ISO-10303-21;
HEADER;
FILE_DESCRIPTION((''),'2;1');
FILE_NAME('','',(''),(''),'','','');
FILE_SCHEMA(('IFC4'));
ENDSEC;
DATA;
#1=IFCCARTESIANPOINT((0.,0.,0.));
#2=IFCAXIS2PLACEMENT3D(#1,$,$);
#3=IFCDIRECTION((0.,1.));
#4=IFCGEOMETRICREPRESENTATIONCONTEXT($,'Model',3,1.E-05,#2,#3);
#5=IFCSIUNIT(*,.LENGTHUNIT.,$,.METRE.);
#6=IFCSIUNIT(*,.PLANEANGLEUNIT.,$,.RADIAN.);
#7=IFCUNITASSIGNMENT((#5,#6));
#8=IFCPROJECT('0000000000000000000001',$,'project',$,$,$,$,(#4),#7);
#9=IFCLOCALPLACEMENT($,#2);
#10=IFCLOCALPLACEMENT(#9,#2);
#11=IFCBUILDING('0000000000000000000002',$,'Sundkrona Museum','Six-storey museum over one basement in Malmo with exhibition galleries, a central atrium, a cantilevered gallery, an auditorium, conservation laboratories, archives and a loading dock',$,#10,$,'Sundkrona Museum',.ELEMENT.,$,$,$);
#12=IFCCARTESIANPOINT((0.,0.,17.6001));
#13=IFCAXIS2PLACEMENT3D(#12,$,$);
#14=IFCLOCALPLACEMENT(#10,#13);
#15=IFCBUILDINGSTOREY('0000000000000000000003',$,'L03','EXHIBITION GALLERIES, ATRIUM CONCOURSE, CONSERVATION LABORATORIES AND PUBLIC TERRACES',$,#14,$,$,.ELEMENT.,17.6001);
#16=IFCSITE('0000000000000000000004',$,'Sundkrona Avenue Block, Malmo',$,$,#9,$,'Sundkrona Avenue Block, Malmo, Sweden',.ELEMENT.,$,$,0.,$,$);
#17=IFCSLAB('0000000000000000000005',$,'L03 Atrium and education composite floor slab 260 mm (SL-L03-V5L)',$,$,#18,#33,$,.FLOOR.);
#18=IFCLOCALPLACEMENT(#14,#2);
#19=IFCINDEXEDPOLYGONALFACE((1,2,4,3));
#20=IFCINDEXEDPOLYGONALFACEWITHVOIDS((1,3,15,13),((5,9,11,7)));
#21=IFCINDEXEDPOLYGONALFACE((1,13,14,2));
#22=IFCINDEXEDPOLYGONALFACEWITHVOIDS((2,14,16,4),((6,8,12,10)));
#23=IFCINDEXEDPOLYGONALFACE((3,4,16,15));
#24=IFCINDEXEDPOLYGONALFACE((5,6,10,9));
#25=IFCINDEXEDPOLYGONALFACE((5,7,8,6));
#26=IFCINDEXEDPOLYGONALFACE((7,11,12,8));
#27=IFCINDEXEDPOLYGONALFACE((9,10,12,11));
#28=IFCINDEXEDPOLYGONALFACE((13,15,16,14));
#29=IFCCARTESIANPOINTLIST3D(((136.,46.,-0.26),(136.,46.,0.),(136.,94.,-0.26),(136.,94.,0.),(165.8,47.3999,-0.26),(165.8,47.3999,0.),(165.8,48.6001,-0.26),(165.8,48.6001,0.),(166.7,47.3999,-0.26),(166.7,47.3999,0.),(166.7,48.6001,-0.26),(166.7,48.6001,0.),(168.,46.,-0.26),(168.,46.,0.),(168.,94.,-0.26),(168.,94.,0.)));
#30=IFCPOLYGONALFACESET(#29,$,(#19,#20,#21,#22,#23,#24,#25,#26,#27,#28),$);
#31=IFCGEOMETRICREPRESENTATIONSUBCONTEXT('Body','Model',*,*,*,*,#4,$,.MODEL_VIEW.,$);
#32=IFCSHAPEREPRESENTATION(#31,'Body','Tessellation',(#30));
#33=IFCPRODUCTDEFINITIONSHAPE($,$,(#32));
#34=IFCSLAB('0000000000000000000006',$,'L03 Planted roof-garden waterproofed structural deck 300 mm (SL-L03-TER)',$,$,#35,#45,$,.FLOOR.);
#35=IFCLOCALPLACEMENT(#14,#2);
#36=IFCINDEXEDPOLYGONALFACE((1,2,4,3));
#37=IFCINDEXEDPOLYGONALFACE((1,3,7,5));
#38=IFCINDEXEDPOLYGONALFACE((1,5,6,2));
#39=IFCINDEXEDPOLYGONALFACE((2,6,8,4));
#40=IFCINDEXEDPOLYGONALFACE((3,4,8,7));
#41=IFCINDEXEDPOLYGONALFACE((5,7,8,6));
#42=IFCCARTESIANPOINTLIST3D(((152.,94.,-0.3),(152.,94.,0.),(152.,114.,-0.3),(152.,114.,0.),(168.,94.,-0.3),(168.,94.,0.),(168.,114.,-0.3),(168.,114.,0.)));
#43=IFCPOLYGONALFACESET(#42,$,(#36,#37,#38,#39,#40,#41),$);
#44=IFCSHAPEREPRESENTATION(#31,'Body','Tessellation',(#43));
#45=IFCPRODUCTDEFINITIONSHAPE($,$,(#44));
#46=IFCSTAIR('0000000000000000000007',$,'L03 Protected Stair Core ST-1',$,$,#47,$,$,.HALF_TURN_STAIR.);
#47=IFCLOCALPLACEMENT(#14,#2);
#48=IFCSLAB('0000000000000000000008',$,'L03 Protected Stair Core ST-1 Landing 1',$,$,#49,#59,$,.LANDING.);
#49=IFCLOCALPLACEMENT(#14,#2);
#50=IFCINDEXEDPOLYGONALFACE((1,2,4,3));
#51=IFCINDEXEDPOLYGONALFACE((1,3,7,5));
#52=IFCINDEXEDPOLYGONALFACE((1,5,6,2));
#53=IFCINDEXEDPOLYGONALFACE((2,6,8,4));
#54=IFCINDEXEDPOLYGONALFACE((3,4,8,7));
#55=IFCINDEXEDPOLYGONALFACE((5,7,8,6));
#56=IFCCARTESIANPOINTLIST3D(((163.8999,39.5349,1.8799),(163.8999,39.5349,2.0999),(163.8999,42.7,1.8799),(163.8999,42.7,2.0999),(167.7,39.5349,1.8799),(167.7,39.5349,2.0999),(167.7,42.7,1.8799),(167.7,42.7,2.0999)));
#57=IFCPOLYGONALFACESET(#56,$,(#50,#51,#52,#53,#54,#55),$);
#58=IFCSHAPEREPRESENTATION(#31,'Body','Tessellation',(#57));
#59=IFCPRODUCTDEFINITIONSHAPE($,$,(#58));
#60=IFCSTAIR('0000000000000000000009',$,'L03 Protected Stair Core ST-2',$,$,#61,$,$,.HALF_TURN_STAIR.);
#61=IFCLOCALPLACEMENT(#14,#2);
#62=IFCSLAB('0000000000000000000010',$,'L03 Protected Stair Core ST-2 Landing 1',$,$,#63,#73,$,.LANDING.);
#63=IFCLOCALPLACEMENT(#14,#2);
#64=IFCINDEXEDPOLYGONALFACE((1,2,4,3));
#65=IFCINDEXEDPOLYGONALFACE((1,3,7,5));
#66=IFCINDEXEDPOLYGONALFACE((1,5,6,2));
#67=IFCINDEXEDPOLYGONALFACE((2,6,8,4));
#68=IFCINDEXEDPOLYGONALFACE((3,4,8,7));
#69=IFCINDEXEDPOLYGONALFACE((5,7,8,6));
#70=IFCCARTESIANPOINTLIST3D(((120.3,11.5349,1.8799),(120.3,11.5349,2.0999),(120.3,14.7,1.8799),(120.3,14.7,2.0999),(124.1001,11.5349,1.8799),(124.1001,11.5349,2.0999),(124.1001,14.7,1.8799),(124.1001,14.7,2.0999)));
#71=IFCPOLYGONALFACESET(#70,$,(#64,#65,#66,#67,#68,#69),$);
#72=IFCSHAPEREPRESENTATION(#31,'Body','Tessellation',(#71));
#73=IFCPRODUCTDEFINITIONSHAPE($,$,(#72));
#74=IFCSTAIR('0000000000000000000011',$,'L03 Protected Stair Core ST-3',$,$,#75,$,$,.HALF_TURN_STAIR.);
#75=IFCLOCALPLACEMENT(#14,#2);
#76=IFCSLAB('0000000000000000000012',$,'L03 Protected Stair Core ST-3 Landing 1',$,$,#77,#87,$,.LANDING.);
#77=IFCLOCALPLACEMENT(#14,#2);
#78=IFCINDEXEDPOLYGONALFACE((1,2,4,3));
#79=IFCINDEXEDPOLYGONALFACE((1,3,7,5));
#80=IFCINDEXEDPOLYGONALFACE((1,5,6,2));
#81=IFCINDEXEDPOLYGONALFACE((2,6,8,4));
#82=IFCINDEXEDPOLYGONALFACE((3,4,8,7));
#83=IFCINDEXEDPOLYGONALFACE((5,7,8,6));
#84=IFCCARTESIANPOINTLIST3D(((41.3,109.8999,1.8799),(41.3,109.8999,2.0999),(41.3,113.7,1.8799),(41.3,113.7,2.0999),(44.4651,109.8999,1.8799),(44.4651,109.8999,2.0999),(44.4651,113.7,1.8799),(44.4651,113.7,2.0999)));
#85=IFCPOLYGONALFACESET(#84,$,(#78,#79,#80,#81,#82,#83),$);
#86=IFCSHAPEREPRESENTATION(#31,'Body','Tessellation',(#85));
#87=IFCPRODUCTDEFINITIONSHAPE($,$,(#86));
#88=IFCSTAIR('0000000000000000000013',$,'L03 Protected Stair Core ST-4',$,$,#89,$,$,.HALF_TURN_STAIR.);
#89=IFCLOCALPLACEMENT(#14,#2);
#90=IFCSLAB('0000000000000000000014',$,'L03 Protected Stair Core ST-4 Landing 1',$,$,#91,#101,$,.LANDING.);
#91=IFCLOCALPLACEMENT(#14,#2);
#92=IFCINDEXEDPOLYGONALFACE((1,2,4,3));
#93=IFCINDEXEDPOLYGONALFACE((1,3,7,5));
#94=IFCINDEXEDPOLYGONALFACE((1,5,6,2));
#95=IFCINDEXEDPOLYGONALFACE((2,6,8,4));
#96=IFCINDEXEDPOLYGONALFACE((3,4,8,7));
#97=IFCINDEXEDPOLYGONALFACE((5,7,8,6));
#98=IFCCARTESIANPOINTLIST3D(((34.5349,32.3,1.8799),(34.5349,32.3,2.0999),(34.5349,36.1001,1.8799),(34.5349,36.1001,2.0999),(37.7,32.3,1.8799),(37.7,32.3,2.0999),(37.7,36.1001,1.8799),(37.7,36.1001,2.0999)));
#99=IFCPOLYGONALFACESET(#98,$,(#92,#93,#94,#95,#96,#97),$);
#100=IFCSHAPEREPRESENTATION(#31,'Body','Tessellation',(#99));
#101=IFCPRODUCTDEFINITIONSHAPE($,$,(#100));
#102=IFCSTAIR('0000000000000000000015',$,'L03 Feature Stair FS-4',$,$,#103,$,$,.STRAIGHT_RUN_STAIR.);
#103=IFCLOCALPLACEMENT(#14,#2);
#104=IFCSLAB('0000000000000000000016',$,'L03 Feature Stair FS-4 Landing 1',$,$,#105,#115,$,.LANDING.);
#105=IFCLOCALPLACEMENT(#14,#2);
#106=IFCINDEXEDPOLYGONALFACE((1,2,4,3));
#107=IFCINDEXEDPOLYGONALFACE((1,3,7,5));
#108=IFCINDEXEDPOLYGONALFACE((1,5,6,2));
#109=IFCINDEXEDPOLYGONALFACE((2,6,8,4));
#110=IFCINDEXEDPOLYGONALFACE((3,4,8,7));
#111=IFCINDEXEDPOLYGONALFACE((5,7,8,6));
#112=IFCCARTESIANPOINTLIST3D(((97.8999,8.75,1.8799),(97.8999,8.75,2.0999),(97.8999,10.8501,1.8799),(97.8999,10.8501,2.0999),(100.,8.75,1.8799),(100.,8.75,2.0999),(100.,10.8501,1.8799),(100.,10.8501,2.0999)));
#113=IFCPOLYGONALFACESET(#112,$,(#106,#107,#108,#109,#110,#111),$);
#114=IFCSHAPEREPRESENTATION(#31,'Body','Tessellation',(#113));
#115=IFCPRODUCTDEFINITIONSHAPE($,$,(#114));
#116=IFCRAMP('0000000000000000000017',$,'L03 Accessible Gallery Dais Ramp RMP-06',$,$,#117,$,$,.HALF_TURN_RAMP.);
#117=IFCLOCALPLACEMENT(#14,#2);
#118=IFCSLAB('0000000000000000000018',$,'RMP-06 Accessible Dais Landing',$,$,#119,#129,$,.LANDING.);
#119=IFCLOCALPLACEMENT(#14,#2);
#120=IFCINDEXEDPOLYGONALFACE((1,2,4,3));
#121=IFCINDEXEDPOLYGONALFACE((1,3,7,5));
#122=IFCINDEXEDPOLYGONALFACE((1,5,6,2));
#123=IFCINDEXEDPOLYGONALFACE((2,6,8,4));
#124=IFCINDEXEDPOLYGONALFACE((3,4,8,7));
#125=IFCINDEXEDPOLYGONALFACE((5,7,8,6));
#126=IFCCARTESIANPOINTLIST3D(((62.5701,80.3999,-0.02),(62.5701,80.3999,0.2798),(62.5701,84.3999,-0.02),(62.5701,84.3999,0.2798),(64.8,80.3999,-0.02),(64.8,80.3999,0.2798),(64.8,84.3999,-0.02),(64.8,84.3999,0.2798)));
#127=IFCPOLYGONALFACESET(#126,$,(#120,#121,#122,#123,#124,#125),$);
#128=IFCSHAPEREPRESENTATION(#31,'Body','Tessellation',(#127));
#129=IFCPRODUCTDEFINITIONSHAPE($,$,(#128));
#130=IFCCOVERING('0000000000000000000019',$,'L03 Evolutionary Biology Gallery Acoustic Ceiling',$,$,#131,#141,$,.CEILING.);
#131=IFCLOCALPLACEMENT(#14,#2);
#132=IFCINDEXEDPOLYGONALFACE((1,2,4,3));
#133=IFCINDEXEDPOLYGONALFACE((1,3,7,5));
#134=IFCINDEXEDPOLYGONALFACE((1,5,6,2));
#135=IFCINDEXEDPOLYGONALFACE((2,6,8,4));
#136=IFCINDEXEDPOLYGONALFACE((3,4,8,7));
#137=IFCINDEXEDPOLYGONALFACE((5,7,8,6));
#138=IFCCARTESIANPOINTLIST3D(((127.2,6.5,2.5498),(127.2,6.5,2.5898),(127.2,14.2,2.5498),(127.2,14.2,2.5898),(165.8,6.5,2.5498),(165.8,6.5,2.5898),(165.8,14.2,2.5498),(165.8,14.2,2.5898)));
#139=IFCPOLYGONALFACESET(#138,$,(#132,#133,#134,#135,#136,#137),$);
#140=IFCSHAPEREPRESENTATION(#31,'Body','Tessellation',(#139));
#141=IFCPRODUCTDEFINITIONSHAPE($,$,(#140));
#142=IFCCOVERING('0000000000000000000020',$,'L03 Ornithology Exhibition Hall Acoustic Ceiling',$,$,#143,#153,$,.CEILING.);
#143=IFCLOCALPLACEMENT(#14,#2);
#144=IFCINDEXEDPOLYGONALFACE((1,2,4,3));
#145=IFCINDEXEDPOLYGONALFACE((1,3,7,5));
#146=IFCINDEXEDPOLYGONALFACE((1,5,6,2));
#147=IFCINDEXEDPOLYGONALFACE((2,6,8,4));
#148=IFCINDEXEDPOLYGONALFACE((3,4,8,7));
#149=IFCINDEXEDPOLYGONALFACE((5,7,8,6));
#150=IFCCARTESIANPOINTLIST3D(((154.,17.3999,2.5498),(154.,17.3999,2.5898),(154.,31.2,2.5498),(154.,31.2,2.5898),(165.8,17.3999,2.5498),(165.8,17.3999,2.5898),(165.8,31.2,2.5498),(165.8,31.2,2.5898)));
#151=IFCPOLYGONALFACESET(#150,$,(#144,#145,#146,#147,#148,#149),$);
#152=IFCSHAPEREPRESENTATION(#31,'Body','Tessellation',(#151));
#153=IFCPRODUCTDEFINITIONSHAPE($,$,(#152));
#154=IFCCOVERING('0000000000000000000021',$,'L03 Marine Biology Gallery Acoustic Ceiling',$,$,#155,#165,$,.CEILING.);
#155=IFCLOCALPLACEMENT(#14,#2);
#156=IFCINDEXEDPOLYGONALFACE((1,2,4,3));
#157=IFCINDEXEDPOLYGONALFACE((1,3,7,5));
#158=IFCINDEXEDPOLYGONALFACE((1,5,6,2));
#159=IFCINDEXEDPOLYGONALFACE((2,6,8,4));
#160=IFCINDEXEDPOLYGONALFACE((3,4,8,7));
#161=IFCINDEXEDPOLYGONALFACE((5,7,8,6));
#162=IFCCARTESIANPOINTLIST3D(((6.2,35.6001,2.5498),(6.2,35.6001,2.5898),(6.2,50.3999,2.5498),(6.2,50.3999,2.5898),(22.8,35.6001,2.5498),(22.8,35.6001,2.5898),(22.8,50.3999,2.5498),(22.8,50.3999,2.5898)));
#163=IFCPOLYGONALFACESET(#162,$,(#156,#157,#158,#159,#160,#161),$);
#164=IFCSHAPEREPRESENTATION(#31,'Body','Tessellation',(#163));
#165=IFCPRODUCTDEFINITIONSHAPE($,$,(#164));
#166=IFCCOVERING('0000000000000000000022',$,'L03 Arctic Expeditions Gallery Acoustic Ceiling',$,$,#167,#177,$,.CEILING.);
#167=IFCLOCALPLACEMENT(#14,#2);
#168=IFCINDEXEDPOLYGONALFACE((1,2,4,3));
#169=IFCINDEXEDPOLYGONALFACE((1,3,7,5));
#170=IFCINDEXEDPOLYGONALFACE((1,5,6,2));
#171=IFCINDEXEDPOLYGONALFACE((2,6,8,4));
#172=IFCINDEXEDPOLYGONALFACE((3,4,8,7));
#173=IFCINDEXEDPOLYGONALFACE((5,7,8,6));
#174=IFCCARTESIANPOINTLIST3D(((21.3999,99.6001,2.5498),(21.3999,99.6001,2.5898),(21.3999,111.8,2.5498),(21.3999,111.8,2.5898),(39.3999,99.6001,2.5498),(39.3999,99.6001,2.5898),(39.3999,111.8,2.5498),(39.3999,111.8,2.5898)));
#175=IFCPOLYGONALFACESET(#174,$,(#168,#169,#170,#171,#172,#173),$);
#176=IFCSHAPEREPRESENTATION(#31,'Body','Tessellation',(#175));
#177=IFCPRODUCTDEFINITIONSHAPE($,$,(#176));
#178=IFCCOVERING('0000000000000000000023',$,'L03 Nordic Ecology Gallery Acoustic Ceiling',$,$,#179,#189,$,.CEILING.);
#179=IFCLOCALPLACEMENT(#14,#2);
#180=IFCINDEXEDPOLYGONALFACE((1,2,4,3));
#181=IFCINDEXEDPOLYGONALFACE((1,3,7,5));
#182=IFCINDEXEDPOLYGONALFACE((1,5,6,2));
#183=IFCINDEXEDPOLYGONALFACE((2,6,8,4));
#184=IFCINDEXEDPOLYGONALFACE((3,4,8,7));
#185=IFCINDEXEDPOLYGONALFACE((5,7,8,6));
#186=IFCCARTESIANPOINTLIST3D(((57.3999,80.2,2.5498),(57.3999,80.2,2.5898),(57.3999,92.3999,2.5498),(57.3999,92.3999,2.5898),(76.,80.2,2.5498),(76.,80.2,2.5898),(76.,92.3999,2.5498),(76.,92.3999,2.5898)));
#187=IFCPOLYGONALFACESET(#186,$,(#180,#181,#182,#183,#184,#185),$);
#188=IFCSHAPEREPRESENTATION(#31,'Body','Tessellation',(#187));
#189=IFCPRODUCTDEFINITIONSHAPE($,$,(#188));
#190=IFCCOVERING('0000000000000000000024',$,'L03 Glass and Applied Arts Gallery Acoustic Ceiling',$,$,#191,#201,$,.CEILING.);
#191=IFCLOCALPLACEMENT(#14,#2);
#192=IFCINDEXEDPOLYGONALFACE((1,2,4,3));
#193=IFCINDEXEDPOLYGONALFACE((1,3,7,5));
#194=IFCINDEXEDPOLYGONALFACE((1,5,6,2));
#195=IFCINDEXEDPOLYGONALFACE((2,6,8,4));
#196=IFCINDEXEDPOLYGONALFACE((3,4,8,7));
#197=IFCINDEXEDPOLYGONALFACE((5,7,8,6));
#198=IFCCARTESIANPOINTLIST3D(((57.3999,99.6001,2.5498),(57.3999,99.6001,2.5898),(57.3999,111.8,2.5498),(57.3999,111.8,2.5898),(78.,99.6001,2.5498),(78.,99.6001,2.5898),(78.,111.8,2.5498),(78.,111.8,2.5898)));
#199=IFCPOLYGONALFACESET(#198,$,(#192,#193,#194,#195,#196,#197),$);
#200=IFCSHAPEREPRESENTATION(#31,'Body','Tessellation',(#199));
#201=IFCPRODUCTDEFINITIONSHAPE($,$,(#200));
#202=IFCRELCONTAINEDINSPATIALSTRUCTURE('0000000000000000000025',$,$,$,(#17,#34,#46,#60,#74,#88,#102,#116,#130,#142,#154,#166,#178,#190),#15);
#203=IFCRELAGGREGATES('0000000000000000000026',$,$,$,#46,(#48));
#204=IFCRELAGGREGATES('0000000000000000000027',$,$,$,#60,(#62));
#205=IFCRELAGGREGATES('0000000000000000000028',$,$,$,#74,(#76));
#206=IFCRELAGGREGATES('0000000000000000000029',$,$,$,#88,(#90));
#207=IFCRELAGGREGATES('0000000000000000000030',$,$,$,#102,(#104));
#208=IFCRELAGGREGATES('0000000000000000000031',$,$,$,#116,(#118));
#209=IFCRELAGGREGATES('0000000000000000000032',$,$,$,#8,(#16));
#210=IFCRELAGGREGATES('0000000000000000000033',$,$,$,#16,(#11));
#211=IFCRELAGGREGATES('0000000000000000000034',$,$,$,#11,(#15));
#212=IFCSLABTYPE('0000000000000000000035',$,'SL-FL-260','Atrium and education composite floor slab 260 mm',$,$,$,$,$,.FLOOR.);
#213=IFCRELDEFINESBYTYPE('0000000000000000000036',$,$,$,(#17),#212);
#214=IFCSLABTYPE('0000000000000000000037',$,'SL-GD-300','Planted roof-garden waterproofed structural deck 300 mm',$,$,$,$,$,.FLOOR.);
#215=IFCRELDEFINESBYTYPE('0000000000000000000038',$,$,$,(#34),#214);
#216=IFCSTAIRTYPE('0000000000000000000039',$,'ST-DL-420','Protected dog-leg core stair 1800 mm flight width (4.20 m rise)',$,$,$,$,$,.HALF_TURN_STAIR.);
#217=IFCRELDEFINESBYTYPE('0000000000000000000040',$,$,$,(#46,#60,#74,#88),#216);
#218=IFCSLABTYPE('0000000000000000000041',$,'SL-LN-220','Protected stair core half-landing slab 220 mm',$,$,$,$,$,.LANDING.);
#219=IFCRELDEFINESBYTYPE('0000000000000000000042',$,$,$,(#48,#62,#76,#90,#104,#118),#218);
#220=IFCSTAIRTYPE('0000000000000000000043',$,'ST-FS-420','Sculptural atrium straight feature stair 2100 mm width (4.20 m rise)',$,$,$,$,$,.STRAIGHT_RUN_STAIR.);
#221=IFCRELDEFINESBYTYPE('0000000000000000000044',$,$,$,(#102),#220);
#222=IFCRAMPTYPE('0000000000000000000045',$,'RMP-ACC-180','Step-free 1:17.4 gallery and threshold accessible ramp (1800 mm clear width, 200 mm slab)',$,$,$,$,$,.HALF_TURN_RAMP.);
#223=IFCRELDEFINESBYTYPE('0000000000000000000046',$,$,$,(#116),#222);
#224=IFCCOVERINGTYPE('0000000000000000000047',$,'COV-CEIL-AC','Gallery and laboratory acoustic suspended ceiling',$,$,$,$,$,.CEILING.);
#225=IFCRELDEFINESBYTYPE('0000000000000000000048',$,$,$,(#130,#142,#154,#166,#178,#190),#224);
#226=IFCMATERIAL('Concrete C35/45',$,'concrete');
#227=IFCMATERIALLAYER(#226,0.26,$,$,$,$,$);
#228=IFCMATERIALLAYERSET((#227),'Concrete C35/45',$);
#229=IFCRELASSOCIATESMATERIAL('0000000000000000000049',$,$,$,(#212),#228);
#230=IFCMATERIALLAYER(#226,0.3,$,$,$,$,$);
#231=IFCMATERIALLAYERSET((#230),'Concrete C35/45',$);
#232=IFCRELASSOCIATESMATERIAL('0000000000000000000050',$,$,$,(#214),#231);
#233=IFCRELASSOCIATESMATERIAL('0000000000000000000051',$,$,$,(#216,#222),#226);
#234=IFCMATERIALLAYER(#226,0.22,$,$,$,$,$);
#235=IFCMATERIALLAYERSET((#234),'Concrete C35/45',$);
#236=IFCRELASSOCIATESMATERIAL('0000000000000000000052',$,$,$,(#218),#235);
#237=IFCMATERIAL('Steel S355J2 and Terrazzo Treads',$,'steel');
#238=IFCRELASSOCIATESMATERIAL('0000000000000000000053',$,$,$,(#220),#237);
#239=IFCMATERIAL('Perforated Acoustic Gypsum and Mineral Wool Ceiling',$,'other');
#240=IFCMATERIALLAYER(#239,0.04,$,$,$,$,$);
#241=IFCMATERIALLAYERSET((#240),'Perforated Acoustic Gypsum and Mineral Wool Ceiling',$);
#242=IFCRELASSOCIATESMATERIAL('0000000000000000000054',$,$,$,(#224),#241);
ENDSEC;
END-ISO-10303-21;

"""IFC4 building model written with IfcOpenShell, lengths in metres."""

from ifc_helpers import new_model, si_unit, direction, frame, origin, place, context, subcontext, project, spatial, polyline, outline, extrude, material, layer, layer_set, type_object, element, aggregate, save


model = new_model("IFC4")

# Units and contexts
model_context = context("Model", 3, precision=1e-05, world=origin(), true_north=direction((0.0, 1.0)))
body_context = subcontext(model_context, "Body", "Model", "MODEL_VIEW")
ifc_project = project(units=[si_unit("LENGTHUNIT", "METRE"), si_unit("PLANEANGLEUNIT", "RADIAN")], contexts=[model_context])

# Site, building, storey
site_placement = place(None, origin())
site = spatial("IfcSite", under=ifc_project, at=site_placement, Name="Sundkrona Avenue Block, Malmo", LongName="Sundkrona Avenue Block, Malmo, Sweden", CompositionType="ELEMENT", RefElevation=0.0)
building_placement = place(site_placement, origin())
building = spatial("IfcBuilding", under=site, at=building_placement, Name="Sundkrona Museum", Description="Six-storey museum over one basement in Malmo with exhibition galleries, a central atrium, a cantilevered gallery, an auditorium, conservation laboratories, archives and a loading dock", LongName="Sundkrona Museum", CompositionType="ELEMENT")
storey_placement = place(building_placement, frame((0.0, 0.0, 17.6001)))
storey = spatial("IfcBuildingStorey", under=building, at=storey_placement, Name="L03", Description="EXHIBITION GALLERIES, ATRIUM CONCOURSE, CONSERVATION LABORATORIES AND PUBLIC TERRACES", CompositionType="ELEMENT", Elevation=17.6001)

# Slabs
ifc_material_1 = material(Name="Concrete C35/45", Category="concrete")
ifc_layer_1 = layer(ifc_material_1, 0.26)
ifc_layer_set_1 = layer_set([ifc_layer_1], Name="Concrete C35/45")
slab_type_1 = type_object("IfcSlabType", Name="SL-FL-260", Description="Atrium and education composite floor slab 260 mm", PredefinedType="FLOOR", material=ifc_layer_set_1)
slab_1_placement = place(storey_placement, frame((0.0, 0.0, -0.26)))
element("IfcSlab", 1, at=slab_1_placement, inside=storey, type_object=slab_type_1, Name="L03 Atrium and education composite floor slab 260 mm (SL-L03-V5L)", PredefinedType="FLOOR", context=body_context, shape_type="SweptSolid", body=[
    extrude(outline(polyline([(136.0, 46.0), (168.0, 46.0), (168.0, 94.0), (136.0, 94.0), (136.0, 46.0)]), holes=[polyline([(166.7, 47.3999), (165.8, 47.3999), (165.8, 48.6001), (166.7, 48.6001), (166.7, 47.3999)])]), origin(), (0.0, 0.0, 1.0), 0.26),
])
ifc_layer_2 = layer(ifc_material_1, 0.3)
ifc_layer_set_2 = layer_set([ifc_layer_2], Name="Concrete C35/45")
slab_type_2 = type_object("IfcSlabType", Name="SL-GD-300", Description="Planted roof-garden waterproofed structural deck 300 mm", PredefinedType="FLOOR", material=ifc_layer_set_2)
slab_2_placement = place(storey_placement, frame((0.0, 0.0, -0.3)))
element("IfcSlab", 2, at=slab_2_placement, inside=storey, type_object=slab_type_2, Name="L03 Planted roof-garden waterproofed structural deck 300 mm (SL-L03-TER)", PredefinedType="FLOOR", context=body_context, shape_type="SweptSolid", body=[
    extrude(outline(polyline([(152.0, 94.0), (168.0, 94.0), (168.0, 114.0), (152.0, 114.0), (152.0, 94.0)])), origin(), (0.0, 0.0, 1.0), 0.3),
])

# Stairs, slabs
stair_type_1 = type_object("IfcStairType", Name="ST-DL-420", Description="Protected dog-leg core stair 1800 mm flight width (4.20 m rise)", PredefinedType="HALF_TURN_STAIR", material=ifc_material_1)
stair_1_placement = place(storey_placement, origin())
stair_1 = element("IfcStair", 3, at=stair_1_placement, inside=storey, type_object=stair_type_1, Name="L03 Protected Stair Core ST-1", PredefinedType="HALF_TURN_STAIR")
ifc_layer_3 = layer(ifc_material_1, 0.22)
ifc_layer_set_3 = layer_set([ifc_layer_3], Name="Concrete C35/45")
slab_type_3 = type_object("IfcSlabType", Name="SL-LN-220", Description="Protected stair core half-landing slab 220 mm", PredefinedType="LANDING", material=ifc_layer_set_3)
slab_3_placement = place(storey_placement, frame((0.0, 0.0, 1.8799)))
slab_3 = element("IfcSlab", 4, at=slab_3_placement, type_object=slab_type_3, Name="L03 Protected Stair Core ST-1 Landing 1", PredefinedType="LANDING", context=body_context, shape_type="SweptSolid", body=[
    extrude(outline(polyline([(167.7, 39.5349), (167.7, 42.7), (163.8999, 42.7), (163.8999, 39.5349), (167.7, 39.5349)])), origin(), (0.0, 0.0, 1.0), 0.22),
])
aggregate(stair_1, [slab_3])
stair_2_placement = place(storey_placement, origin())
stair_2 = element("IfcStair", 5, at=stair_2_placement, inside=storey, type_object=stair_type_1, Name="L03 Protected Stair Core ST-2", PredefinedType="HALF_TURN_STAIR")
slab_4_placement = place(storey_placement, frame((0.0, 0.0, 1.8799)))
slab_4 = element("IfcSlab", 6, at=slab_4_placement, type_object=slab_type_3, Name="L03 Protected Stair Core ST-2 Landing 1", PredefinedType="LANDING", context=body_context, shape_type="SweptSolid", body=[
    extrude(outline(polyline([(124.1001, 11.5349), (124.1001, 14.7), (120.3, 14.7), (120.3, 11.5349), (124.1001, 11.5349)])), origin(), (0.0, 0.0, 1.0), 0.22),
])
aggregate(stair_2, [slab_4])
stair_3_placement = place(storey_placement, origin())
stair_3 = element("IfcStair", 7, at=stair_3_placement, inside=storey, type_object=stair_type_1, Name="L03 Protected Stair Core ST-3", PredefinedType="HALF_TURN_STAIR")
slab_5_placement = place(storey_placement, frame((0.0, 0.0, 1.8799)))
slab_5 = element("IfcSlab", 8, at=slab_5_placement, type_object=slab_type_3, Name="L03 Protected Stair Core ST-3 Landing 1", PredefinedType="LANDING", context=body_context, shape_type="SweptSolid", body=[
    extrude(outline(polyline([(44.4651, 113.7), (41.3, 113.7), (41.3, 109.8999), (44.4651, 109.8999), (44.4651, 113.7)])), origin(), (0.0, 0.0, 1.0), 0.22),
])
aggregate(stair_3, [slab_5])
stair_4_placement = place(storey_placement, origin())
stair_4 = element("IfcStair", 9, at=stair_4_placement, inside=storey, type_object=stair_type_1, Name="L03 Protected Stair Core ST-4", PredefinedType="HALF_TURN_STAIR")
slab_6_placement = place(storey_placement, frame((0.0, 0.0, 1.8799)))
slab_6 = element("IfcSlab", 10, at=slab_6_placement, type_object=slab_type_3, Name="L03 Protected Stair Core ST-4 Landing 1", PredefinedType="LANDING", context=body_context, shape_type="SweptSolid", body=[
    extrude(outline(polyline([(34.5349, 32.3), (37.7, 32.3), (37.7, 36.1001), (34.5349, 36.1001), (34.5349, 32.3)])), origin(), (0.0, 0.0, 1.0), 0.22),
])
aggregate(stair_4, [slab_6])
ifc_material_2 = material(Name="Steel S355J2 and Terrazzo Treads", Category="steel")
stair_type_2 = type_object("IfcStairType", Name="ST-FS-420", Description="Sculptural atrium straight feature stair 2100 mm width (4.20 m rise)", PredefinedType="STRAIGHT_RUN_STAIR", material=ifc_material_2)
stair_5_placement = place(storey_placement, origin())
stair_5 = element("IfcStair", 11, at=stair_5_placement, inside=storey, type_object=stair_type_2, Name="L03 Feature Stair FS-4", PredefinedType="STRAIGHT_RUN_STAIR")
slab_7_placement = place(storey_placement, frame((0.0, 0.0, 1.8799)))
slab_7 = element("IfcSlab", 12, at=slab_7_placement, type_object=slab_type_3, Name="L03 Feature Stair FS-4 Landing 1", PredefinedType="LANDING", context=body_context, shape_type="SweptSolid", body=[
    extrude(outline(polyline([(97.8999, 8.75), (100.0, 8.75), (100.0, 10.8501), (97.8999, 10.8501), (97.8999, 8.75)])), origin(), (0.0, 0.0, 1.0), 0.22),
])
aggregate(stair_5, [slab_7])

# Ramp, slab
ramp_type = type_object("IfcRampType", Name="RMP-ACC-180", Description="Step-free 1:17.4 gallery and threshold accessible ramp (1800 mm clear width, 200 mm slab)", PredefinedType="HALF_TURN_RAMP", material=ifc_material_1)
ramp_placement = place(storey_placement, origin())
ramp = element("IfcRamp", 13, at=ramp_placement, inside=storey, type_object=ramp_type, Name="L03 Accessible Gallery Dais Ramp RMP-06", PredefinedType="HALF_TURN_RAMP")
slab_8_placement = place(storey_placement, frame((0.0, 0.0, -0.02)))
slab_8 = element("IfcSlab", 14, at=slab_8_placement, type_object=slab_type_3, Name="RMP-06 Accessible Dais Landing", PredefinedType="LANDING", context=body_context, shape_type="SweptSolid", body=[
    extrude(outline(polyline([(62.5701, 80.3999), (64.8, 80.3999), (64.8, 84.3999), (62.5701, 84.3999), (62.5701, 80.3999)])), origin(), (0.0, 0.0, 1.0), 0.2998),
])
aggregate(ramp, [slab_8])

# Coverings
ifc_material_3 = material(Name="Perforated Acoustic Gypsum and Mineral Wool Ceiling", Category="other")
ifc_layer_4 = layer(ifc_material_3, 0.04)
ifc_layer_set_4 = layer_set([ifc_layer_4], Name="Perforated Acoustic Gypsum and Mineral Wool Ceiling")
covering_type_1 = type_object("IfcCoveringType", Name="COV-CEIL-AC", Description="Gallery and laboratory acoustic suspended ceiling", PredefinedType="CEILING", material=ifc_layer_set_4)
covering_1_placement = place(storey_placement, frame((0.0, 0.0, 2.5498)))
element("IfcCovering", 15, at=covering_1_placement, inside=storey, type_object=covering_type_1, Name="L03 Evolutionary Biology Gallery Acoustic Ceiling", PredefinedType="CEILING", context=body_context, shape_type="SweptSolid", body=[
    extrude(outline(polyline([(127.2, 6.5), (165.8, 6.5), (165.8, 14.2), (127.2, 14.2), (127.2, 6.5)])), origin(), (0.0, 0.0, 1.0), 0.04),
])
covering_2_placement = place(storey_placement, frame((0.0, 0.0, 2.5498)))
element("IfcCovering", 16, at=covering_2_placement, inside=storey, type_object=covering_type_1, Name="L03 Ornithology Exhibition Hall Acoustic Ceiling", PredefinedType="CEILING", context=body_context, shape_type="SweptSolid", body=[
    extrude(outline(polyline([(154.0, 17.3999), (165.8, 17.3999), (165.8, 31.2), (154.0, 31.2), (154.0, 17.3999)])), origin(), (0.0, 0.0, 1.0), 0.04),
])
covering_3_placement = place(storey_placement, frame((0.0, 0.0, 2.5498)))
element("IfcCovering", 17, at=covering_3_placement, inside=storey, type_object=covering_type_1, Name="L03 Marine Biology Gallery Acoustic Ceiling", PredefinedType="CEILING", context=body_context, shape_type="SweptSolid", body=[
    extrude(outline(polyline([(6.2, 35.6001), (22.8, 35.6001), (22.8, 50.3999), (6.2, 50.3999), (6.2, 35.6001)])), origin(), (0.0, 0.0, 1.0), 0.04),
])
covering_4_placement = place(storey_placement, frame((0.0, 0.0, 2.5498)))
element("IfcCovering", 18, at=covering_4_placement, inside=storey, type_object=covering_type_1, Name="L03 Arctic Expeditions Gallery Acoustic Ceiling", PredefinedType="CEILING", context=body_context, shape_type="SweptSolid", body=[
    extrude(outline(polyline([(21.3999, 99.6001), (39.3999, 99.6001), (39.3999, 111.8), (21.3999, 111.8), (21.3999, 99.6001)])), origin(), (0.0, 0.0, 1.0), 0.04),
])
covering_5_placement = place(storey_placement, frame((0.0, 0.0, 2.5498)))
element("IfcCovering", 19, at=covering_5_placement, inside=storey, type_object=covering_type_1, Name="L03 Nordic Ecology Gallery Acoustic Ceiling", PredefinedType="CEILING", context=body_context, shape_type="SweptSolid", body=[
    extrude(outline(polyline([(57.3999, 80.2), (76.0, 80.2), (76.0, 92.3999), (57.3999, 92.3999), (57.3999, 80.2)])), origin(), (0.0, 0.0, 1.0), 0.04),
])
covering_6_placement = place(storey_placement, frame((0.0, 0.0, 2.5498)))
element("IfcCovering", 20, at=covering_6_placement, inside=storey, type_object=covering_type_1, Name="L03 Glass and Applied Arts Gallery Acoustic Ceiling", PredefinedType="CEILING", context=body_context, shape_type="SweptSolid", body=[
    extrude(outline(polyline([(57.3999, 99.6001), (78.0, 99.6001), (78.0, 111.8), (57.3999, 111.8), (57.3999, 99.6001)])), origin(), (0.0, 0.0, 1.0), 0.04),
])

save(model, "model.ifc")
